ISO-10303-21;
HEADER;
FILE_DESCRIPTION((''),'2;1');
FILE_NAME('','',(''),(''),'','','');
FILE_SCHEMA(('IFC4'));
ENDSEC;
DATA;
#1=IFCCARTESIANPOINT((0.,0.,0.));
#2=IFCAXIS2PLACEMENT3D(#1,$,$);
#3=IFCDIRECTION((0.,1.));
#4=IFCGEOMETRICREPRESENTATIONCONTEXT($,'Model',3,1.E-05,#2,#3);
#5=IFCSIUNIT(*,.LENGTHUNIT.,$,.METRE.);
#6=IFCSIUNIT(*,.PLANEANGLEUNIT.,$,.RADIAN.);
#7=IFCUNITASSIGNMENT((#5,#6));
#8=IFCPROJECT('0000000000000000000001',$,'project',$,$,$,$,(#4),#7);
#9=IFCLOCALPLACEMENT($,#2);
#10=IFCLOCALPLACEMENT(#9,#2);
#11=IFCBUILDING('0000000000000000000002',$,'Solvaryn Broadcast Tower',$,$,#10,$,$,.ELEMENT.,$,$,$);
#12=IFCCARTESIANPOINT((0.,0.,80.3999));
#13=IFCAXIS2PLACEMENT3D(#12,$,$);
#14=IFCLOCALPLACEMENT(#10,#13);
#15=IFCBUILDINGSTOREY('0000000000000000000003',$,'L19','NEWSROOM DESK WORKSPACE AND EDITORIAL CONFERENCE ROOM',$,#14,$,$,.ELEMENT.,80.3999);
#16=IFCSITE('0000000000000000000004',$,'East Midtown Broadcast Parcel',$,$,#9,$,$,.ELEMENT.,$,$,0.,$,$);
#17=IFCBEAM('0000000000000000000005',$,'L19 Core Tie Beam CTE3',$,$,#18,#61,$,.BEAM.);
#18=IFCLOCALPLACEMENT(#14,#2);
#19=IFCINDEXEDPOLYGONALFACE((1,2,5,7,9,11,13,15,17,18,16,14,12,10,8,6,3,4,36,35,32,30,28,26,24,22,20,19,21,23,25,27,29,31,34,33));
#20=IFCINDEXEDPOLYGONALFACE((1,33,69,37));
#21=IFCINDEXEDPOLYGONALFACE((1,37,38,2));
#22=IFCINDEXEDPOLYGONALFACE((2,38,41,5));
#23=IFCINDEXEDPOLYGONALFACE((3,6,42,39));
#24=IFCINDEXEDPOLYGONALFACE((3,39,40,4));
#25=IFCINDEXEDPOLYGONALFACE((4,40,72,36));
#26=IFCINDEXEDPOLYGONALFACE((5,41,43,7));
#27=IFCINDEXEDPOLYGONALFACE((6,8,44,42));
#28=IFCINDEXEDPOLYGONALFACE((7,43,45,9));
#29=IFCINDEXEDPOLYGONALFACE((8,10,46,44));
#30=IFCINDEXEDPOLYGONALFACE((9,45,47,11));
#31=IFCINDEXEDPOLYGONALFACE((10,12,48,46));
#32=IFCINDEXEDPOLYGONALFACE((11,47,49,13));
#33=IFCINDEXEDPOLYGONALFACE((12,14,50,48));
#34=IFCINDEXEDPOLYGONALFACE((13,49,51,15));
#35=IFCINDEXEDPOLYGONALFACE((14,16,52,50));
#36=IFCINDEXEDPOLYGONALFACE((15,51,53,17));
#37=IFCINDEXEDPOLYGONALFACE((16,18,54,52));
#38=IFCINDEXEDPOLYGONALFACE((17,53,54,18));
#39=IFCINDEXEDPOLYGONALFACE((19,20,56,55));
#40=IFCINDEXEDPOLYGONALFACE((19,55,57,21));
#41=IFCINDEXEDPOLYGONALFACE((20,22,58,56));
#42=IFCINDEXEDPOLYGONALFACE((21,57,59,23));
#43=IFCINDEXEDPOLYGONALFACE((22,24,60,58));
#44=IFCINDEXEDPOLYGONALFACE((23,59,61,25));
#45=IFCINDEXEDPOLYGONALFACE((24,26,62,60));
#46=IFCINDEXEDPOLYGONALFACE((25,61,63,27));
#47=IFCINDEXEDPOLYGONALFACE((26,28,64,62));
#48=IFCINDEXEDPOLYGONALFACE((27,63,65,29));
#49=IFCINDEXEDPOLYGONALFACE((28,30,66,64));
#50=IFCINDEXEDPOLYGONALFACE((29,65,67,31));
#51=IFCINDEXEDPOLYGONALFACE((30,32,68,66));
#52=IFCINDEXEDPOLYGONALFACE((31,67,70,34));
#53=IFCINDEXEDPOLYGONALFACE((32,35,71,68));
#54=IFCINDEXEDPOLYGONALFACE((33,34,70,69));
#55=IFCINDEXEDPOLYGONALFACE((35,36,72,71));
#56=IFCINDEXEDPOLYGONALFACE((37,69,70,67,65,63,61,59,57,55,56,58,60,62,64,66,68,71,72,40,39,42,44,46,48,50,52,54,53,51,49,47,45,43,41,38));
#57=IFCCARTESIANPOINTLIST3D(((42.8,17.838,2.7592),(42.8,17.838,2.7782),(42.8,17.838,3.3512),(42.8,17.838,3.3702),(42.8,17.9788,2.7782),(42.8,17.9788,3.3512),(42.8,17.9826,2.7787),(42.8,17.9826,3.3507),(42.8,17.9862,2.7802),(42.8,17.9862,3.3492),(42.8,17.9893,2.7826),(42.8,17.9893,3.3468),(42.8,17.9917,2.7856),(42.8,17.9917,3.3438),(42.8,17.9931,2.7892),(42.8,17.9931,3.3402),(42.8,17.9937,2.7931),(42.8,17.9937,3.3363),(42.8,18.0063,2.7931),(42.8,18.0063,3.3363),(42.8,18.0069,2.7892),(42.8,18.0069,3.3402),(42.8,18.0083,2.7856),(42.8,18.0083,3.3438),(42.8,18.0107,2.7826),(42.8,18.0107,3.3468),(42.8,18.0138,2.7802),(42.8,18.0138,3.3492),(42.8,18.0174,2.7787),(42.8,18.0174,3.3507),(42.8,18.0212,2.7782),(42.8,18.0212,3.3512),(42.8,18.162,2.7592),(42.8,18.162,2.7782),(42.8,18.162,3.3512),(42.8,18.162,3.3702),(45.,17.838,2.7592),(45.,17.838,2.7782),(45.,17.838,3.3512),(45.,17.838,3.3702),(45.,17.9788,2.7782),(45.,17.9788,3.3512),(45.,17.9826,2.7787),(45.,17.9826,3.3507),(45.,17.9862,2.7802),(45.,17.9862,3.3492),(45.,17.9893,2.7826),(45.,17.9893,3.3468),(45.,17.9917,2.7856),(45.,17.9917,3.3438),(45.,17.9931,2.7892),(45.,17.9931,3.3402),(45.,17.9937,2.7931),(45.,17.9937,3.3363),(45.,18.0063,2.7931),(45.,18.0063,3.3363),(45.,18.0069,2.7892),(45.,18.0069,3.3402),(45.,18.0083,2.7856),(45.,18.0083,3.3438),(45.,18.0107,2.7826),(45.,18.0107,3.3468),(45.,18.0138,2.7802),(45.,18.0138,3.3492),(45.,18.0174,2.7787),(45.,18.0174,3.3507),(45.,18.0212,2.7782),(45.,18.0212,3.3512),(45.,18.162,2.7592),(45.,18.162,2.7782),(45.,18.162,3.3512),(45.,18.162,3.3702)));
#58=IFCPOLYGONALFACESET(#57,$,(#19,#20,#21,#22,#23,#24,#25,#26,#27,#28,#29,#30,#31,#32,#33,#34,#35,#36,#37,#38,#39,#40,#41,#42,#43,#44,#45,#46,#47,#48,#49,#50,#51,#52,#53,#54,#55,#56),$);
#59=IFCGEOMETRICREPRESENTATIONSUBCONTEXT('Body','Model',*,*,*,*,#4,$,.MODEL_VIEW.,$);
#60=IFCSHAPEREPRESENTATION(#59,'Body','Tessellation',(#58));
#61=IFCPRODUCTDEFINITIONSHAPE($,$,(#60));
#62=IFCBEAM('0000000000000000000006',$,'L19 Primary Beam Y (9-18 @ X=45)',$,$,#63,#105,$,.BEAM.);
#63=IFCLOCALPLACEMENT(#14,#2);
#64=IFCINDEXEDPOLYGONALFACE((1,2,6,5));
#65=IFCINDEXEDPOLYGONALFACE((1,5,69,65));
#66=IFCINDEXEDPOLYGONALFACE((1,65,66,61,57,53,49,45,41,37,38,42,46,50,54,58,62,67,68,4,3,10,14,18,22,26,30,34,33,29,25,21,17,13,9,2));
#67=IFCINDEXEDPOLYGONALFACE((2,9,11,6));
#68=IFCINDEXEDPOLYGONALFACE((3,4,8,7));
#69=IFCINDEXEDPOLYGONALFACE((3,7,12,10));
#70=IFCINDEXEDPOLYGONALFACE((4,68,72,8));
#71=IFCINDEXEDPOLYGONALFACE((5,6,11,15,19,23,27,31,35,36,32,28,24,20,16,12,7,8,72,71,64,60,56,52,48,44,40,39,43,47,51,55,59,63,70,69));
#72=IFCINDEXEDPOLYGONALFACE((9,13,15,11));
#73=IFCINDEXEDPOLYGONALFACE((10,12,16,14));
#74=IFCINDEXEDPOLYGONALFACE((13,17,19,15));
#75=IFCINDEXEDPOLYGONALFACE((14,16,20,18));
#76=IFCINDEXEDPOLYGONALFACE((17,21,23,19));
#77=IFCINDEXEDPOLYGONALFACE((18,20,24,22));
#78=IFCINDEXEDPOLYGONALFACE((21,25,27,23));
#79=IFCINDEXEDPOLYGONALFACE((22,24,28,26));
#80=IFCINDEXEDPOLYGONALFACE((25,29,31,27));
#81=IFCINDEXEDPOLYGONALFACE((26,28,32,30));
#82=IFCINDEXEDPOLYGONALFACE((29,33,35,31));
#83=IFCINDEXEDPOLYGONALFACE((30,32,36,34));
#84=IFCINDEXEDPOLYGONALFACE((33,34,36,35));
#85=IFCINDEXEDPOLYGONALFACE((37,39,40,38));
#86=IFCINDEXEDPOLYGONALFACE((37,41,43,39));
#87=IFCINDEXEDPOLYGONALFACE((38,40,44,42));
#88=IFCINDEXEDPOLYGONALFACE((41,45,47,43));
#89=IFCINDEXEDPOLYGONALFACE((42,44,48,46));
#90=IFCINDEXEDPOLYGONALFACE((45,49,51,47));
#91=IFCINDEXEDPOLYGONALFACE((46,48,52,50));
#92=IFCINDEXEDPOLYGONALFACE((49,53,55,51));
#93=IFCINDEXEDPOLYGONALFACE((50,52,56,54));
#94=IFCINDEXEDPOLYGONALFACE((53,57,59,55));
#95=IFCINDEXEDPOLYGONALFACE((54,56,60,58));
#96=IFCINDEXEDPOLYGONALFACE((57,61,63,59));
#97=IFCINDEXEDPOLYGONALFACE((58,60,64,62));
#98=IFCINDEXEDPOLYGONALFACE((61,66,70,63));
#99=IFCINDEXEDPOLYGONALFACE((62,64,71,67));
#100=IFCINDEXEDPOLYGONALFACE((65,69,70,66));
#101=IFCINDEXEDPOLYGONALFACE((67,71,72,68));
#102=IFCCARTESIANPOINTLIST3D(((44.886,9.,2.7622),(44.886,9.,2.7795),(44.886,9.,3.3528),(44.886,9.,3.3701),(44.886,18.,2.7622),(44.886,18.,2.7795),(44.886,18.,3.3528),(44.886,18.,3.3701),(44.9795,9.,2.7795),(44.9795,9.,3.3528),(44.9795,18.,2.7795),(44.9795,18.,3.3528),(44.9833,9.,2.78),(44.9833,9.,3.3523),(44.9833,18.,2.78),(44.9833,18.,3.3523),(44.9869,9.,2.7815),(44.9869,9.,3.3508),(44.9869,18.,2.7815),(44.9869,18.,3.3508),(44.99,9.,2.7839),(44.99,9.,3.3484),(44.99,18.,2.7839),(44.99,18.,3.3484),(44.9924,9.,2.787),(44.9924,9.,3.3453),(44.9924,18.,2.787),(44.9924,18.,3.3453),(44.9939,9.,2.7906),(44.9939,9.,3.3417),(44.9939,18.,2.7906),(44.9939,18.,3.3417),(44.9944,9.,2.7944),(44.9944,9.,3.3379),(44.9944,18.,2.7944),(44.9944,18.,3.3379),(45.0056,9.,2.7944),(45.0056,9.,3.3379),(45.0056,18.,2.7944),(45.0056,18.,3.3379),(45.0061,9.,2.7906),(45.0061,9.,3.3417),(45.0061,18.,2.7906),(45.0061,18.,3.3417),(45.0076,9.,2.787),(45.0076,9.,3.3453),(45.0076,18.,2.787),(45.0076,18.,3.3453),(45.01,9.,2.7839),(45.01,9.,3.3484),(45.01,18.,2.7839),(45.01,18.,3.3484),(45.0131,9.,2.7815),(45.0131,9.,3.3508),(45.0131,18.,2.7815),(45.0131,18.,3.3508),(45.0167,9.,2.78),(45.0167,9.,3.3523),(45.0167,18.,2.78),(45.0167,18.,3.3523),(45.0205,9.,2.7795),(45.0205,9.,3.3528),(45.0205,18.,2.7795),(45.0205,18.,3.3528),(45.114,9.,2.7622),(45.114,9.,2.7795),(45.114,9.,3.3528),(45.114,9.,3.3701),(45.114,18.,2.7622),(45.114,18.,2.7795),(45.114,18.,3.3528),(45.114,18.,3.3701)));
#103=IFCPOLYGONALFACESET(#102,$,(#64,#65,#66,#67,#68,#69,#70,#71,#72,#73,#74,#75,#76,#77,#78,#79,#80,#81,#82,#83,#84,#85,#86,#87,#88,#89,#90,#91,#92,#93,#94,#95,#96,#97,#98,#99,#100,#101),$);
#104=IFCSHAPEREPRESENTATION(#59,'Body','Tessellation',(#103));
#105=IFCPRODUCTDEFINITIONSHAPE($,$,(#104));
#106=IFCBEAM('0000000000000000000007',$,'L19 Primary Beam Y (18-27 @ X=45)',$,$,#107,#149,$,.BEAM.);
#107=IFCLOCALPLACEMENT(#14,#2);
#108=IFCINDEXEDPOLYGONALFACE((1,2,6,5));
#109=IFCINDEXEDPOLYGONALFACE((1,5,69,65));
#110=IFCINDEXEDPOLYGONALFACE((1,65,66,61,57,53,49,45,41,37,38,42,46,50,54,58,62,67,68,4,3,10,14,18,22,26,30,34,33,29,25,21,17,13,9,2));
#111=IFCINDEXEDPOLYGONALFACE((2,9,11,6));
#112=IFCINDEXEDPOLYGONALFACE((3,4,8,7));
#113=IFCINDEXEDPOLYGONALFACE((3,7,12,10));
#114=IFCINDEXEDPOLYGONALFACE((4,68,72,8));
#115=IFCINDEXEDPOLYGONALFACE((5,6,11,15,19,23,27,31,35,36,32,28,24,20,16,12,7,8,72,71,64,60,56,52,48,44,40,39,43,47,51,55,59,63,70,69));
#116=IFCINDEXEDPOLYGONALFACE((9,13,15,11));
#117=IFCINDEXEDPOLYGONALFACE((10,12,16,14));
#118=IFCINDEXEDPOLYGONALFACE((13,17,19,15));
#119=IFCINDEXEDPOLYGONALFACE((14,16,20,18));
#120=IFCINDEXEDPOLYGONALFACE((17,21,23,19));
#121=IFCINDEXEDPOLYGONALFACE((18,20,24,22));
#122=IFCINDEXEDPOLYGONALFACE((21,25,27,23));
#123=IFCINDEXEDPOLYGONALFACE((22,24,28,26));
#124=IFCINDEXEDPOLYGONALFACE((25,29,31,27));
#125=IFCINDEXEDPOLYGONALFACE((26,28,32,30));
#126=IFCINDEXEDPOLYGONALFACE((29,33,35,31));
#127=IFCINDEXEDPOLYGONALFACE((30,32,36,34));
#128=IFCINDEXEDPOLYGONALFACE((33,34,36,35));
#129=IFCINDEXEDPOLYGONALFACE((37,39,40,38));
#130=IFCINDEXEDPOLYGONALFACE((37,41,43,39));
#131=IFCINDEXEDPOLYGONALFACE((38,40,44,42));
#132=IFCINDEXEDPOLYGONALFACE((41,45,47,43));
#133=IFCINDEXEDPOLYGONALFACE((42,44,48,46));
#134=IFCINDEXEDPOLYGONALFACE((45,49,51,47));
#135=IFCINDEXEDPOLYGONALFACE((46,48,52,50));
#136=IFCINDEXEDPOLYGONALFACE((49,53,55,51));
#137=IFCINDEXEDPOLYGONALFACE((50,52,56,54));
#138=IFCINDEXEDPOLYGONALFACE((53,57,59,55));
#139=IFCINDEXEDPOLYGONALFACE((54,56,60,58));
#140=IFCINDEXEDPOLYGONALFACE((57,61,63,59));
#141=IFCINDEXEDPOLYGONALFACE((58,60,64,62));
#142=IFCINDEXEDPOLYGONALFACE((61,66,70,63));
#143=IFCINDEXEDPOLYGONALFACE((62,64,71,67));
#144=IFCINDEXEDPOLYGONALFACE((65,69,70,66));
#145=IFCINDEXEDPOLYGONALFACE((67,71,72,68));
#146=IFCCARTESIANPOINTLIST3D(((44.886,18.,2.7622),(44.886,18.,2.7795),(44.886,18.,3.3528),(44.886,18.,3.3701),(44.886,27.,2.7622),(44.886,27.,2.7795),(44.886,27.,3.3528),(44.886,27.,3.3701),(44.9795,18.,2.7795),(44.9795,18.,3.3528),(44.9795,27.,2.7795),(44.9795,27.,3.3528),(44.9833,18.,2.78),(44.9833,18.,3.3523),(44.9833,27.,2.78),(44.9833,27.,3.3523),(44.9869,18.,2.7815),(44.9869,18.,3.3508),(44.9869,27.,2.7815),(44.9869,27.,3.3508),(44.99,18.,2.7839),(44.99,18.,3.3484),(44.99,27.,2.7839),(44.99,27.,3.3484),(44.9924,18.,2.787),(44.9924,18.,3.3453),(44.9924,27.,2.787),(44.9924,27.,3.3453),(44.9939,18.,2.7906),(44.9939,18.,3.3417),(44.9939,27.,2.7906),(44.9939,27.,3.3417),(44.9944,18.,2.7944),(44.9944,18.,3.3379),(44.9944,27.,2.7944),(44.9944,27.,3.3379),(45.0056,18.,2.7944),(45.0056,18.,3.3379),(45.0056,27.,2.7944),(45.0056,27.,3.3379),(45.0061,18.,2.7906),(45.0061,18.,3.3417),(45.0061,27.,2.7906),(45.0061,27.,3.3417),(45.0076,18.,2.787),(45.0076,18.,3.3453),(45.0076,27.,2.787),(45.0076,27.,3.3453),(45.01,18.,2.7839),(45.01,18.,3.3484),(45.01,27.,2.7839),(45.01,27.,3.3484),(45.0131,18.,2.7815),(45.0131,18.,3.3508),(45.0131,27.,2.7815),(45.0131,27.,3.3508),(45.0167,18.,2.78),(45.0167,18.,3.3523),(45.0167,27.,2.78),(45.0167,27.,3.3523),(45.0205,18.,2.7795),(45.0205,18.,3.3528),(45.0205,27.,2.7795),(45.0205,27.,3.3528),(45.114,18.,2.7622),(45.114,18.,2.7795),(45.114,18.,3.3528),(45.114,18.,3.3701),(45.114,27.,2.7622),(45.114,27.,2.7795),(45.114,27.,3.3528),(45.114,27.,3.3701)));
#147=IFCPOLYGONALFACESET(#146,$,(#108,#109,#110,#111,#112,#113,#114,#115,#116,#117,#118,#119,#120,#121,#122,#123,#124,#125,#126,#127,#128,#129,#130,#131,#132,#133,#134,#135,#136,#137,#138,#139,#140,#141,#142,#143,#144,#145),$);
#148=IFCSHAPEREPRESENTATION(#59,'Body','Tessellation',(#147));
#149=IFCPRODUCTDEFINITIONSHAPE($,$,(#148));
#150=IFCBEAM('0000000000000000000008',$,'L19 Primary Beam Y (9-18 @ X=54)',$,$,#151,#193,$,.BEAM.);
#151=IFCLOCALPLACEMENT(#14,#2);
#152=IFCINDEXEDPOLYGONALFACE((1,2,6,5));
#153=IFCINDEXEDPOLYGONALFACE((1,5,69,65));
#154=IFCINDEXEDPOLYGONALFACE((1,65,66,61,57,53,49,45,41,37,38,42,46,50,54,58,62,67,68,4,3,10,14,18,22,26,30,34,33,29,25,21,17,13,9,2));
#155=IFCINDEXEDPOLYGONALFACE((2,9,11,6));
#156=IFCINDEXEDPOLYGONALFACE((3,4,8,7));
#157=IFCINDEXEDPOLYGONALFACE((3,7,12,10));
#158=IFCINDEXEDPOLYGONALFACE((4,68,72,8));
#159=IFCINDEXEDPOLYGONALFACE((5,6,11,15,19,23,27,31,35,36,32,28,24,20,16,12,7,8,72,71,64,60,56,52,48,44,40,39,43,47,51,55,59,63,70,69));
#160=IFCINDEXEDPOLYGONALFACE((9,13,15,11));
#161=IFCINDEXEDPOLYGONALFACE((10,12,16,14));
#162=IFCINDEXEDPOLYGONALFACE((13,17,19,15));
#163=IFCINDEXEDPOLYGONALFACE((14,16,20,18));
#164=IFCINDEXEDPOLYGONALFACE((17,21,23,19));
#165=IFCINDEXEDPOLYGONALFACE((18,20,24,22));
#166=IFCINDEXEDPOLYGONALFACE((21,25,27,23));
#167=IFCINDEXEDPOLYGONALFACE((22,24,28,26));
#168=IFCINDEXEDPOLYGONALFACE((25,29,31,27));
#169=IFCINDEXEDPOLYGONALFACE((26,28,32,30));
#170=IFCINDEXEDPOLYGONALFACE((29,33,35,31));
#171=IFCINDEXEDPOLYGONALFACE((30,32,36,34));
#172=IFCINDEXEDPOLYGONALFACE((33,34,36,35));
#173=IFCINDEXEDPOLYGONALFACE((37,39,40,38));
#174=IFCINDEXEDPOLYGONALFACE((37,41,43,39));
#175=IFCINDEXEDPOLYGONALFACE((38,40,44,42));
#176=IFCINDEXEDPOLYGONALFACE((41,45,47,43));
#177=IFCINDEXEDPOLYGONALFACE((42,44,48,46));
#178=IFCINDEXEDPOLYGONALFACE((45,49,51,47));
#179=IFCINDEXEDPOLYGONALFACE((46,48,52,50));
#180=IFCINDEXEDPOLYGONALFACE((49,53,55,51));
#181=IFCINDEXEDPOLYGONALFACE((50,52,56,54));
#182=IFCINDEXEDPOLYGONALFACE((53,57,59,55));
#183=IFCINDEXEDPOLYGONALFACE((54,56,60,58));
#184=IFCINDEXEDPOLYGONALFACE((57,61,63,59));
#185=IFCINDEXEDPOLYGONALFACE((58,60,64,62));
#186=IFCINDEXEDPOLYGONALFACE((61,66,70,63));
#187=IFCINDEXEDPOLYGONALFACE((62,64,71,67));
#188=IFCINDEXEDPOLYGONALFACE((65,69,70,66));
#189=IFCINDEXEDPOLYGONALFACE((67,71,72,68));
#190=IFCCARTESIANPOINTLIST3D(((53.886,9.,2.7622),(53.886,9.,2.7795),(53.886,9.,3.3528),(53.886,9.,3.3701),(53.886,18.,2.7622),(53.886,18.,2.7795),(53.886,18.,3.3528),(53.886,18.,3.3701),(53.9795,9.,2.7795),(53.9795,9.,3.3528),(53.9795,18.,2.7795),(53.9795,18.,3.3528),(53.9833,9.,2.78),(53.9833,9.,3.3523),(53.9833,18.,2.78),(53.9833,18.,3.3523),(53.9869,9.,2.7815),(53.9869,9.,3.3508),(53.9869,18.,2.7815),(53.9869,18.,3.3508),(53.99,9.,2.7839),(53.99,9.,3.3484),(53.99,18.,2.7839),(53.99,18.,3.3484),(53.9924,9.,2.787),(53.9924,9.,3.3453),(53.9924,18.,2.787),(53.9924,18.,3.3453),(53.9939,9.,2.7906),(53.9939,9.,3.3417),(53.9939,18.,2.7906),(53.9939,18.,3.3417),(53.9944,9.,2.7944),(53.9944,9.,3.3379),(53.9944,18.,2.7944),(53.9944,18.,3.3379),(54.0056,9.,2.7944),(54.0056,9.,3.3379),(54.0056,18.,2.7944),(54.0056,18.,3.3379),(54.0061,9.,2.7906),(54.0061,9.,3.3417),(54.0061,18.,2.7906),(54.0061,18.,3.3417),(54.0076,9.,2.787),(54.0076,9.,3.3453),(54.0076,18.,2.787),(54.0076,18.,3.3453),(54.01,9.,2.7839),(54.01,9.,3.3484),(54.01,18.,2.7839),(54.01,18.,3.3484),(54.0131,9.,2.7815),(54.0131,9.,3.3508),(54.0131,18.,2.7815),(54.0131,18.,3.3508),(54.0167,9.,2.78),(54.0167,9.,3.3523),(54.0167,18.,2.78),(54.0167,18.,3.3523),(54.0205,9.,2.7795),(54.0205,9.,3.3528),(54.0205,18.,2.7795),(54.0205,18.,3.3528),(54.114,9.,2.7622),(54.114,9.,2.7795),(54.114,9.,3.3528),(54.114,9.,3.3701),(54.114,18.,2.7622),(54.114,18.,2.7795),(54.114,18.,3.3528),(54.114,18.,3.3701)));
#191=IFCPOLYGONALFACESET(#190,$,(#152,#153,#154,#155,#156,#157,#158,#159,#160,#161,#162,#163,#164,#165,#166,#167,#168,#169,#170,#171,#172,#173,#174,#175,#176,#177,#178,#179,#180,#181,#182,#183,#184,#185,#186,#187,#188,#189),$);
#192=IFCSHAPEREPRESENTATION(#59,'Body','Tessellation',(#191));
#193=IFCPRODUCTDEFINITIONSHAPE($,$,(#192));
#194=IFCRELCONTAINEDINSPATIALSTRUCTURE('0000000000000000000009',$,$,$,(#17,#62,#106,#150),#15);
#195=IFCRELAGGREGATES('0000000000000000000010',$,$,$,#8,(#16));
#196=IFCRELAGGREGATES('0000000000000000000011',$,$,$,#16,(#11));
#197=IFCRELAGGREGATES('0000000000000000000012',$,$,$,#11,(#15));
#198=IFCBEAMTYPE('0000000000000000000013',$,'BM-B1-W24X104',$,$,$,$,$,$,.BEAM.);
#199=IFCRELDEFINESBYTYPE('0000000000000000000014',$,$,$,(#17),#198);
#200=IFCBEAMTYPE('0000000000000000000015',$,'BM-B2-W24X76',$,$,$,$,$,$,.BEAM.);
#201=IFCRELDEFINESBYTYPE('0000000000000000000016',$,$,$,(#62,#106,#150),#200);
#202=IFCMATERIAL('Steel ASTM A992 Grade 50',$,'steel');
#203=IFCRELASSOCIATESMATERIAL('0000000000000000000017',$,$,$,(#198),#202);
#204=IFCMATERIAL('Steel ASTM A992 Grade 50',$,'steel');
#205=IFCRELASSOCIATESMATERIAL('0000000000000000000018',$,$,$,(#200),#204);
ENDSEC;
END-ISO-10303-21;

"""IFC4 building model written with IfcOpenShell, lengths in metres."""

from ifc_helpers import new_model, si_unit, direction, frame, origin, origin_2d, place, context, subcontext, project, spatial, i_section, extrude, material, material_profile, profile_set, type_object, element, save


model = new_model("IFC4")

# Units and contexts
model_context = context("Model", 3, precision=1e-05, world=origin(), true_north=direction((0.0, 1.0)))
body_context = subcontext(model_context, "Body", "Model", "MODEL_VIEW")
ifc_project = project(units=[si_unit("LENGTHUNIT", "METRE"), si_unit("PLANEANGLEUNIT", "RADIAN")], contexts=[model_context])

# Site, building, storey
site_placement = place(None, origin())
site = spatial("IfcSite", under=ifc_project, at=site_placement, Name="East Midtown Broadcast Parcel", CompositionType="ELEMENT", RefElevation=0.0)
building_placement = place(site_placement, origin())
building = spatial("IfcBuilding", under=site, at=building_placement, Name="Solvaryn Broadcast Tower", CompositionType="ELEMENT")
storey_placement = place(building_placement, frame((0.0, 0.0, 80.3999)))
storey = spatial("IfcBuildingStorey", under=building, at=storey_placement, Name="L19", Description="NEWSROOM DESK WORKSPACE AND EDITORIAL CONFERENCE ROOM", CompositionType="ELEMENT", Elevation=80.3999)

# Beams
ifc_material_1 = material(Name="Steel ASTM A992 Grade 50", Category="steel")
ifc_material_profile_1 = material_profile(ifc_material_1, i_section(OverallWidth=0.324, OverallDepth=0.6111, WebThickness=0.0127, FlangeThickness=0.019, FilletRadius=0.0149, at=origin_2d()))
ifc_profile_set_1 = profile_set([ifc_material_profile_1], Name="Steel ASTM A992 Grade 50")
beam_type_1 = type_object("IfcBeamType", Name="BM-B1-W24X104", PredefinedType="BEAM", material=ifc_profile_set_1)
beam_1_placement = place(storey_placement, frame((42.8, 18.0, 3.0647), z_axis=(1.0, 0.0, 0.0), x_axis=(0.0, 1.0, 0.0)))
element("IfcBeam", 1, at=beam_1_placement, inside=storey, type_object=beam_type_1, Name="L19 Core Tie Beam CTE3", PredefinedType="BEAM", context=body_context, shape_type="SweptSolid", body=[
    extrude(i_section(OverallWidth=0.324, OverallDepth=0.6111, WebThickness=0.0127, FlangeThickness=0.019, FilletRadius=0.0149, at=origin_2d()), origin(), (0.0, 0.0, 1.0), 2.2),
])
ifc_material_2 = material(Name="Steel ASTM A992 Grade 50", Category="steel")
ifc_material_profile_2 = material_profile(ifc_material_2, i_section(OverallWidth=0.228, OverallDepth=0.6079, WebThickness=0.0112, FlangeThickness=0.0173, FilletRadius=0.0149, at=origin_2d()))
ifc_profile_set_2 = profile_set([ifc_material_profile_2], Name="Steel ASTM A992 Grade 50")
beam_type_2 = type_object("IfcBeamType", Name="BM-B2-W24X76", PredefinedType="BEAM", material=ifc_profile_set_2)
for number, where, z_axis, x_axis, name in (
    (2, (45.0, 9.0, 3.0662), (0.0, 1.0, 0.0), (-1.0, 0.0, 0.0), "L19 Primary Beam Y (9-18 @ X=45)"),
    (3, (45.0, 18.0, 3.0662), (0.0, 1.0, 0.0), (-1.0, 0.0, 0.0), "L19 Primary Beam Y (18-27 @ X=45)"),
    (4, (54.0, 9.0, 3.0662), (0.0, 1.0, 0.0), (-1.0, 0.0, 0.0), "L19 Primary Beam Y (9-18 @ X=54)"),
):
    element("IfcBeam", number, at=place(storey_placement, frame(where, z_axis=z_axis, x_axis=x_axis)), inside=storey, type_object=beam_type_2, Name=name, PredefinedType="BEAM", context=body_context, shape_type="SweptSolid", body=[
        extrude(i_section(OverallWidth=0.228, OverallDepth=0.6079, WebThickness=0.0112, FlangeThickness=0.0173, FilletRadius=0.0149, at=origin_2d()), origin(), (0.0, 0.0, 1.0), 9.0),
    ])

save(model, "model.ifc")
